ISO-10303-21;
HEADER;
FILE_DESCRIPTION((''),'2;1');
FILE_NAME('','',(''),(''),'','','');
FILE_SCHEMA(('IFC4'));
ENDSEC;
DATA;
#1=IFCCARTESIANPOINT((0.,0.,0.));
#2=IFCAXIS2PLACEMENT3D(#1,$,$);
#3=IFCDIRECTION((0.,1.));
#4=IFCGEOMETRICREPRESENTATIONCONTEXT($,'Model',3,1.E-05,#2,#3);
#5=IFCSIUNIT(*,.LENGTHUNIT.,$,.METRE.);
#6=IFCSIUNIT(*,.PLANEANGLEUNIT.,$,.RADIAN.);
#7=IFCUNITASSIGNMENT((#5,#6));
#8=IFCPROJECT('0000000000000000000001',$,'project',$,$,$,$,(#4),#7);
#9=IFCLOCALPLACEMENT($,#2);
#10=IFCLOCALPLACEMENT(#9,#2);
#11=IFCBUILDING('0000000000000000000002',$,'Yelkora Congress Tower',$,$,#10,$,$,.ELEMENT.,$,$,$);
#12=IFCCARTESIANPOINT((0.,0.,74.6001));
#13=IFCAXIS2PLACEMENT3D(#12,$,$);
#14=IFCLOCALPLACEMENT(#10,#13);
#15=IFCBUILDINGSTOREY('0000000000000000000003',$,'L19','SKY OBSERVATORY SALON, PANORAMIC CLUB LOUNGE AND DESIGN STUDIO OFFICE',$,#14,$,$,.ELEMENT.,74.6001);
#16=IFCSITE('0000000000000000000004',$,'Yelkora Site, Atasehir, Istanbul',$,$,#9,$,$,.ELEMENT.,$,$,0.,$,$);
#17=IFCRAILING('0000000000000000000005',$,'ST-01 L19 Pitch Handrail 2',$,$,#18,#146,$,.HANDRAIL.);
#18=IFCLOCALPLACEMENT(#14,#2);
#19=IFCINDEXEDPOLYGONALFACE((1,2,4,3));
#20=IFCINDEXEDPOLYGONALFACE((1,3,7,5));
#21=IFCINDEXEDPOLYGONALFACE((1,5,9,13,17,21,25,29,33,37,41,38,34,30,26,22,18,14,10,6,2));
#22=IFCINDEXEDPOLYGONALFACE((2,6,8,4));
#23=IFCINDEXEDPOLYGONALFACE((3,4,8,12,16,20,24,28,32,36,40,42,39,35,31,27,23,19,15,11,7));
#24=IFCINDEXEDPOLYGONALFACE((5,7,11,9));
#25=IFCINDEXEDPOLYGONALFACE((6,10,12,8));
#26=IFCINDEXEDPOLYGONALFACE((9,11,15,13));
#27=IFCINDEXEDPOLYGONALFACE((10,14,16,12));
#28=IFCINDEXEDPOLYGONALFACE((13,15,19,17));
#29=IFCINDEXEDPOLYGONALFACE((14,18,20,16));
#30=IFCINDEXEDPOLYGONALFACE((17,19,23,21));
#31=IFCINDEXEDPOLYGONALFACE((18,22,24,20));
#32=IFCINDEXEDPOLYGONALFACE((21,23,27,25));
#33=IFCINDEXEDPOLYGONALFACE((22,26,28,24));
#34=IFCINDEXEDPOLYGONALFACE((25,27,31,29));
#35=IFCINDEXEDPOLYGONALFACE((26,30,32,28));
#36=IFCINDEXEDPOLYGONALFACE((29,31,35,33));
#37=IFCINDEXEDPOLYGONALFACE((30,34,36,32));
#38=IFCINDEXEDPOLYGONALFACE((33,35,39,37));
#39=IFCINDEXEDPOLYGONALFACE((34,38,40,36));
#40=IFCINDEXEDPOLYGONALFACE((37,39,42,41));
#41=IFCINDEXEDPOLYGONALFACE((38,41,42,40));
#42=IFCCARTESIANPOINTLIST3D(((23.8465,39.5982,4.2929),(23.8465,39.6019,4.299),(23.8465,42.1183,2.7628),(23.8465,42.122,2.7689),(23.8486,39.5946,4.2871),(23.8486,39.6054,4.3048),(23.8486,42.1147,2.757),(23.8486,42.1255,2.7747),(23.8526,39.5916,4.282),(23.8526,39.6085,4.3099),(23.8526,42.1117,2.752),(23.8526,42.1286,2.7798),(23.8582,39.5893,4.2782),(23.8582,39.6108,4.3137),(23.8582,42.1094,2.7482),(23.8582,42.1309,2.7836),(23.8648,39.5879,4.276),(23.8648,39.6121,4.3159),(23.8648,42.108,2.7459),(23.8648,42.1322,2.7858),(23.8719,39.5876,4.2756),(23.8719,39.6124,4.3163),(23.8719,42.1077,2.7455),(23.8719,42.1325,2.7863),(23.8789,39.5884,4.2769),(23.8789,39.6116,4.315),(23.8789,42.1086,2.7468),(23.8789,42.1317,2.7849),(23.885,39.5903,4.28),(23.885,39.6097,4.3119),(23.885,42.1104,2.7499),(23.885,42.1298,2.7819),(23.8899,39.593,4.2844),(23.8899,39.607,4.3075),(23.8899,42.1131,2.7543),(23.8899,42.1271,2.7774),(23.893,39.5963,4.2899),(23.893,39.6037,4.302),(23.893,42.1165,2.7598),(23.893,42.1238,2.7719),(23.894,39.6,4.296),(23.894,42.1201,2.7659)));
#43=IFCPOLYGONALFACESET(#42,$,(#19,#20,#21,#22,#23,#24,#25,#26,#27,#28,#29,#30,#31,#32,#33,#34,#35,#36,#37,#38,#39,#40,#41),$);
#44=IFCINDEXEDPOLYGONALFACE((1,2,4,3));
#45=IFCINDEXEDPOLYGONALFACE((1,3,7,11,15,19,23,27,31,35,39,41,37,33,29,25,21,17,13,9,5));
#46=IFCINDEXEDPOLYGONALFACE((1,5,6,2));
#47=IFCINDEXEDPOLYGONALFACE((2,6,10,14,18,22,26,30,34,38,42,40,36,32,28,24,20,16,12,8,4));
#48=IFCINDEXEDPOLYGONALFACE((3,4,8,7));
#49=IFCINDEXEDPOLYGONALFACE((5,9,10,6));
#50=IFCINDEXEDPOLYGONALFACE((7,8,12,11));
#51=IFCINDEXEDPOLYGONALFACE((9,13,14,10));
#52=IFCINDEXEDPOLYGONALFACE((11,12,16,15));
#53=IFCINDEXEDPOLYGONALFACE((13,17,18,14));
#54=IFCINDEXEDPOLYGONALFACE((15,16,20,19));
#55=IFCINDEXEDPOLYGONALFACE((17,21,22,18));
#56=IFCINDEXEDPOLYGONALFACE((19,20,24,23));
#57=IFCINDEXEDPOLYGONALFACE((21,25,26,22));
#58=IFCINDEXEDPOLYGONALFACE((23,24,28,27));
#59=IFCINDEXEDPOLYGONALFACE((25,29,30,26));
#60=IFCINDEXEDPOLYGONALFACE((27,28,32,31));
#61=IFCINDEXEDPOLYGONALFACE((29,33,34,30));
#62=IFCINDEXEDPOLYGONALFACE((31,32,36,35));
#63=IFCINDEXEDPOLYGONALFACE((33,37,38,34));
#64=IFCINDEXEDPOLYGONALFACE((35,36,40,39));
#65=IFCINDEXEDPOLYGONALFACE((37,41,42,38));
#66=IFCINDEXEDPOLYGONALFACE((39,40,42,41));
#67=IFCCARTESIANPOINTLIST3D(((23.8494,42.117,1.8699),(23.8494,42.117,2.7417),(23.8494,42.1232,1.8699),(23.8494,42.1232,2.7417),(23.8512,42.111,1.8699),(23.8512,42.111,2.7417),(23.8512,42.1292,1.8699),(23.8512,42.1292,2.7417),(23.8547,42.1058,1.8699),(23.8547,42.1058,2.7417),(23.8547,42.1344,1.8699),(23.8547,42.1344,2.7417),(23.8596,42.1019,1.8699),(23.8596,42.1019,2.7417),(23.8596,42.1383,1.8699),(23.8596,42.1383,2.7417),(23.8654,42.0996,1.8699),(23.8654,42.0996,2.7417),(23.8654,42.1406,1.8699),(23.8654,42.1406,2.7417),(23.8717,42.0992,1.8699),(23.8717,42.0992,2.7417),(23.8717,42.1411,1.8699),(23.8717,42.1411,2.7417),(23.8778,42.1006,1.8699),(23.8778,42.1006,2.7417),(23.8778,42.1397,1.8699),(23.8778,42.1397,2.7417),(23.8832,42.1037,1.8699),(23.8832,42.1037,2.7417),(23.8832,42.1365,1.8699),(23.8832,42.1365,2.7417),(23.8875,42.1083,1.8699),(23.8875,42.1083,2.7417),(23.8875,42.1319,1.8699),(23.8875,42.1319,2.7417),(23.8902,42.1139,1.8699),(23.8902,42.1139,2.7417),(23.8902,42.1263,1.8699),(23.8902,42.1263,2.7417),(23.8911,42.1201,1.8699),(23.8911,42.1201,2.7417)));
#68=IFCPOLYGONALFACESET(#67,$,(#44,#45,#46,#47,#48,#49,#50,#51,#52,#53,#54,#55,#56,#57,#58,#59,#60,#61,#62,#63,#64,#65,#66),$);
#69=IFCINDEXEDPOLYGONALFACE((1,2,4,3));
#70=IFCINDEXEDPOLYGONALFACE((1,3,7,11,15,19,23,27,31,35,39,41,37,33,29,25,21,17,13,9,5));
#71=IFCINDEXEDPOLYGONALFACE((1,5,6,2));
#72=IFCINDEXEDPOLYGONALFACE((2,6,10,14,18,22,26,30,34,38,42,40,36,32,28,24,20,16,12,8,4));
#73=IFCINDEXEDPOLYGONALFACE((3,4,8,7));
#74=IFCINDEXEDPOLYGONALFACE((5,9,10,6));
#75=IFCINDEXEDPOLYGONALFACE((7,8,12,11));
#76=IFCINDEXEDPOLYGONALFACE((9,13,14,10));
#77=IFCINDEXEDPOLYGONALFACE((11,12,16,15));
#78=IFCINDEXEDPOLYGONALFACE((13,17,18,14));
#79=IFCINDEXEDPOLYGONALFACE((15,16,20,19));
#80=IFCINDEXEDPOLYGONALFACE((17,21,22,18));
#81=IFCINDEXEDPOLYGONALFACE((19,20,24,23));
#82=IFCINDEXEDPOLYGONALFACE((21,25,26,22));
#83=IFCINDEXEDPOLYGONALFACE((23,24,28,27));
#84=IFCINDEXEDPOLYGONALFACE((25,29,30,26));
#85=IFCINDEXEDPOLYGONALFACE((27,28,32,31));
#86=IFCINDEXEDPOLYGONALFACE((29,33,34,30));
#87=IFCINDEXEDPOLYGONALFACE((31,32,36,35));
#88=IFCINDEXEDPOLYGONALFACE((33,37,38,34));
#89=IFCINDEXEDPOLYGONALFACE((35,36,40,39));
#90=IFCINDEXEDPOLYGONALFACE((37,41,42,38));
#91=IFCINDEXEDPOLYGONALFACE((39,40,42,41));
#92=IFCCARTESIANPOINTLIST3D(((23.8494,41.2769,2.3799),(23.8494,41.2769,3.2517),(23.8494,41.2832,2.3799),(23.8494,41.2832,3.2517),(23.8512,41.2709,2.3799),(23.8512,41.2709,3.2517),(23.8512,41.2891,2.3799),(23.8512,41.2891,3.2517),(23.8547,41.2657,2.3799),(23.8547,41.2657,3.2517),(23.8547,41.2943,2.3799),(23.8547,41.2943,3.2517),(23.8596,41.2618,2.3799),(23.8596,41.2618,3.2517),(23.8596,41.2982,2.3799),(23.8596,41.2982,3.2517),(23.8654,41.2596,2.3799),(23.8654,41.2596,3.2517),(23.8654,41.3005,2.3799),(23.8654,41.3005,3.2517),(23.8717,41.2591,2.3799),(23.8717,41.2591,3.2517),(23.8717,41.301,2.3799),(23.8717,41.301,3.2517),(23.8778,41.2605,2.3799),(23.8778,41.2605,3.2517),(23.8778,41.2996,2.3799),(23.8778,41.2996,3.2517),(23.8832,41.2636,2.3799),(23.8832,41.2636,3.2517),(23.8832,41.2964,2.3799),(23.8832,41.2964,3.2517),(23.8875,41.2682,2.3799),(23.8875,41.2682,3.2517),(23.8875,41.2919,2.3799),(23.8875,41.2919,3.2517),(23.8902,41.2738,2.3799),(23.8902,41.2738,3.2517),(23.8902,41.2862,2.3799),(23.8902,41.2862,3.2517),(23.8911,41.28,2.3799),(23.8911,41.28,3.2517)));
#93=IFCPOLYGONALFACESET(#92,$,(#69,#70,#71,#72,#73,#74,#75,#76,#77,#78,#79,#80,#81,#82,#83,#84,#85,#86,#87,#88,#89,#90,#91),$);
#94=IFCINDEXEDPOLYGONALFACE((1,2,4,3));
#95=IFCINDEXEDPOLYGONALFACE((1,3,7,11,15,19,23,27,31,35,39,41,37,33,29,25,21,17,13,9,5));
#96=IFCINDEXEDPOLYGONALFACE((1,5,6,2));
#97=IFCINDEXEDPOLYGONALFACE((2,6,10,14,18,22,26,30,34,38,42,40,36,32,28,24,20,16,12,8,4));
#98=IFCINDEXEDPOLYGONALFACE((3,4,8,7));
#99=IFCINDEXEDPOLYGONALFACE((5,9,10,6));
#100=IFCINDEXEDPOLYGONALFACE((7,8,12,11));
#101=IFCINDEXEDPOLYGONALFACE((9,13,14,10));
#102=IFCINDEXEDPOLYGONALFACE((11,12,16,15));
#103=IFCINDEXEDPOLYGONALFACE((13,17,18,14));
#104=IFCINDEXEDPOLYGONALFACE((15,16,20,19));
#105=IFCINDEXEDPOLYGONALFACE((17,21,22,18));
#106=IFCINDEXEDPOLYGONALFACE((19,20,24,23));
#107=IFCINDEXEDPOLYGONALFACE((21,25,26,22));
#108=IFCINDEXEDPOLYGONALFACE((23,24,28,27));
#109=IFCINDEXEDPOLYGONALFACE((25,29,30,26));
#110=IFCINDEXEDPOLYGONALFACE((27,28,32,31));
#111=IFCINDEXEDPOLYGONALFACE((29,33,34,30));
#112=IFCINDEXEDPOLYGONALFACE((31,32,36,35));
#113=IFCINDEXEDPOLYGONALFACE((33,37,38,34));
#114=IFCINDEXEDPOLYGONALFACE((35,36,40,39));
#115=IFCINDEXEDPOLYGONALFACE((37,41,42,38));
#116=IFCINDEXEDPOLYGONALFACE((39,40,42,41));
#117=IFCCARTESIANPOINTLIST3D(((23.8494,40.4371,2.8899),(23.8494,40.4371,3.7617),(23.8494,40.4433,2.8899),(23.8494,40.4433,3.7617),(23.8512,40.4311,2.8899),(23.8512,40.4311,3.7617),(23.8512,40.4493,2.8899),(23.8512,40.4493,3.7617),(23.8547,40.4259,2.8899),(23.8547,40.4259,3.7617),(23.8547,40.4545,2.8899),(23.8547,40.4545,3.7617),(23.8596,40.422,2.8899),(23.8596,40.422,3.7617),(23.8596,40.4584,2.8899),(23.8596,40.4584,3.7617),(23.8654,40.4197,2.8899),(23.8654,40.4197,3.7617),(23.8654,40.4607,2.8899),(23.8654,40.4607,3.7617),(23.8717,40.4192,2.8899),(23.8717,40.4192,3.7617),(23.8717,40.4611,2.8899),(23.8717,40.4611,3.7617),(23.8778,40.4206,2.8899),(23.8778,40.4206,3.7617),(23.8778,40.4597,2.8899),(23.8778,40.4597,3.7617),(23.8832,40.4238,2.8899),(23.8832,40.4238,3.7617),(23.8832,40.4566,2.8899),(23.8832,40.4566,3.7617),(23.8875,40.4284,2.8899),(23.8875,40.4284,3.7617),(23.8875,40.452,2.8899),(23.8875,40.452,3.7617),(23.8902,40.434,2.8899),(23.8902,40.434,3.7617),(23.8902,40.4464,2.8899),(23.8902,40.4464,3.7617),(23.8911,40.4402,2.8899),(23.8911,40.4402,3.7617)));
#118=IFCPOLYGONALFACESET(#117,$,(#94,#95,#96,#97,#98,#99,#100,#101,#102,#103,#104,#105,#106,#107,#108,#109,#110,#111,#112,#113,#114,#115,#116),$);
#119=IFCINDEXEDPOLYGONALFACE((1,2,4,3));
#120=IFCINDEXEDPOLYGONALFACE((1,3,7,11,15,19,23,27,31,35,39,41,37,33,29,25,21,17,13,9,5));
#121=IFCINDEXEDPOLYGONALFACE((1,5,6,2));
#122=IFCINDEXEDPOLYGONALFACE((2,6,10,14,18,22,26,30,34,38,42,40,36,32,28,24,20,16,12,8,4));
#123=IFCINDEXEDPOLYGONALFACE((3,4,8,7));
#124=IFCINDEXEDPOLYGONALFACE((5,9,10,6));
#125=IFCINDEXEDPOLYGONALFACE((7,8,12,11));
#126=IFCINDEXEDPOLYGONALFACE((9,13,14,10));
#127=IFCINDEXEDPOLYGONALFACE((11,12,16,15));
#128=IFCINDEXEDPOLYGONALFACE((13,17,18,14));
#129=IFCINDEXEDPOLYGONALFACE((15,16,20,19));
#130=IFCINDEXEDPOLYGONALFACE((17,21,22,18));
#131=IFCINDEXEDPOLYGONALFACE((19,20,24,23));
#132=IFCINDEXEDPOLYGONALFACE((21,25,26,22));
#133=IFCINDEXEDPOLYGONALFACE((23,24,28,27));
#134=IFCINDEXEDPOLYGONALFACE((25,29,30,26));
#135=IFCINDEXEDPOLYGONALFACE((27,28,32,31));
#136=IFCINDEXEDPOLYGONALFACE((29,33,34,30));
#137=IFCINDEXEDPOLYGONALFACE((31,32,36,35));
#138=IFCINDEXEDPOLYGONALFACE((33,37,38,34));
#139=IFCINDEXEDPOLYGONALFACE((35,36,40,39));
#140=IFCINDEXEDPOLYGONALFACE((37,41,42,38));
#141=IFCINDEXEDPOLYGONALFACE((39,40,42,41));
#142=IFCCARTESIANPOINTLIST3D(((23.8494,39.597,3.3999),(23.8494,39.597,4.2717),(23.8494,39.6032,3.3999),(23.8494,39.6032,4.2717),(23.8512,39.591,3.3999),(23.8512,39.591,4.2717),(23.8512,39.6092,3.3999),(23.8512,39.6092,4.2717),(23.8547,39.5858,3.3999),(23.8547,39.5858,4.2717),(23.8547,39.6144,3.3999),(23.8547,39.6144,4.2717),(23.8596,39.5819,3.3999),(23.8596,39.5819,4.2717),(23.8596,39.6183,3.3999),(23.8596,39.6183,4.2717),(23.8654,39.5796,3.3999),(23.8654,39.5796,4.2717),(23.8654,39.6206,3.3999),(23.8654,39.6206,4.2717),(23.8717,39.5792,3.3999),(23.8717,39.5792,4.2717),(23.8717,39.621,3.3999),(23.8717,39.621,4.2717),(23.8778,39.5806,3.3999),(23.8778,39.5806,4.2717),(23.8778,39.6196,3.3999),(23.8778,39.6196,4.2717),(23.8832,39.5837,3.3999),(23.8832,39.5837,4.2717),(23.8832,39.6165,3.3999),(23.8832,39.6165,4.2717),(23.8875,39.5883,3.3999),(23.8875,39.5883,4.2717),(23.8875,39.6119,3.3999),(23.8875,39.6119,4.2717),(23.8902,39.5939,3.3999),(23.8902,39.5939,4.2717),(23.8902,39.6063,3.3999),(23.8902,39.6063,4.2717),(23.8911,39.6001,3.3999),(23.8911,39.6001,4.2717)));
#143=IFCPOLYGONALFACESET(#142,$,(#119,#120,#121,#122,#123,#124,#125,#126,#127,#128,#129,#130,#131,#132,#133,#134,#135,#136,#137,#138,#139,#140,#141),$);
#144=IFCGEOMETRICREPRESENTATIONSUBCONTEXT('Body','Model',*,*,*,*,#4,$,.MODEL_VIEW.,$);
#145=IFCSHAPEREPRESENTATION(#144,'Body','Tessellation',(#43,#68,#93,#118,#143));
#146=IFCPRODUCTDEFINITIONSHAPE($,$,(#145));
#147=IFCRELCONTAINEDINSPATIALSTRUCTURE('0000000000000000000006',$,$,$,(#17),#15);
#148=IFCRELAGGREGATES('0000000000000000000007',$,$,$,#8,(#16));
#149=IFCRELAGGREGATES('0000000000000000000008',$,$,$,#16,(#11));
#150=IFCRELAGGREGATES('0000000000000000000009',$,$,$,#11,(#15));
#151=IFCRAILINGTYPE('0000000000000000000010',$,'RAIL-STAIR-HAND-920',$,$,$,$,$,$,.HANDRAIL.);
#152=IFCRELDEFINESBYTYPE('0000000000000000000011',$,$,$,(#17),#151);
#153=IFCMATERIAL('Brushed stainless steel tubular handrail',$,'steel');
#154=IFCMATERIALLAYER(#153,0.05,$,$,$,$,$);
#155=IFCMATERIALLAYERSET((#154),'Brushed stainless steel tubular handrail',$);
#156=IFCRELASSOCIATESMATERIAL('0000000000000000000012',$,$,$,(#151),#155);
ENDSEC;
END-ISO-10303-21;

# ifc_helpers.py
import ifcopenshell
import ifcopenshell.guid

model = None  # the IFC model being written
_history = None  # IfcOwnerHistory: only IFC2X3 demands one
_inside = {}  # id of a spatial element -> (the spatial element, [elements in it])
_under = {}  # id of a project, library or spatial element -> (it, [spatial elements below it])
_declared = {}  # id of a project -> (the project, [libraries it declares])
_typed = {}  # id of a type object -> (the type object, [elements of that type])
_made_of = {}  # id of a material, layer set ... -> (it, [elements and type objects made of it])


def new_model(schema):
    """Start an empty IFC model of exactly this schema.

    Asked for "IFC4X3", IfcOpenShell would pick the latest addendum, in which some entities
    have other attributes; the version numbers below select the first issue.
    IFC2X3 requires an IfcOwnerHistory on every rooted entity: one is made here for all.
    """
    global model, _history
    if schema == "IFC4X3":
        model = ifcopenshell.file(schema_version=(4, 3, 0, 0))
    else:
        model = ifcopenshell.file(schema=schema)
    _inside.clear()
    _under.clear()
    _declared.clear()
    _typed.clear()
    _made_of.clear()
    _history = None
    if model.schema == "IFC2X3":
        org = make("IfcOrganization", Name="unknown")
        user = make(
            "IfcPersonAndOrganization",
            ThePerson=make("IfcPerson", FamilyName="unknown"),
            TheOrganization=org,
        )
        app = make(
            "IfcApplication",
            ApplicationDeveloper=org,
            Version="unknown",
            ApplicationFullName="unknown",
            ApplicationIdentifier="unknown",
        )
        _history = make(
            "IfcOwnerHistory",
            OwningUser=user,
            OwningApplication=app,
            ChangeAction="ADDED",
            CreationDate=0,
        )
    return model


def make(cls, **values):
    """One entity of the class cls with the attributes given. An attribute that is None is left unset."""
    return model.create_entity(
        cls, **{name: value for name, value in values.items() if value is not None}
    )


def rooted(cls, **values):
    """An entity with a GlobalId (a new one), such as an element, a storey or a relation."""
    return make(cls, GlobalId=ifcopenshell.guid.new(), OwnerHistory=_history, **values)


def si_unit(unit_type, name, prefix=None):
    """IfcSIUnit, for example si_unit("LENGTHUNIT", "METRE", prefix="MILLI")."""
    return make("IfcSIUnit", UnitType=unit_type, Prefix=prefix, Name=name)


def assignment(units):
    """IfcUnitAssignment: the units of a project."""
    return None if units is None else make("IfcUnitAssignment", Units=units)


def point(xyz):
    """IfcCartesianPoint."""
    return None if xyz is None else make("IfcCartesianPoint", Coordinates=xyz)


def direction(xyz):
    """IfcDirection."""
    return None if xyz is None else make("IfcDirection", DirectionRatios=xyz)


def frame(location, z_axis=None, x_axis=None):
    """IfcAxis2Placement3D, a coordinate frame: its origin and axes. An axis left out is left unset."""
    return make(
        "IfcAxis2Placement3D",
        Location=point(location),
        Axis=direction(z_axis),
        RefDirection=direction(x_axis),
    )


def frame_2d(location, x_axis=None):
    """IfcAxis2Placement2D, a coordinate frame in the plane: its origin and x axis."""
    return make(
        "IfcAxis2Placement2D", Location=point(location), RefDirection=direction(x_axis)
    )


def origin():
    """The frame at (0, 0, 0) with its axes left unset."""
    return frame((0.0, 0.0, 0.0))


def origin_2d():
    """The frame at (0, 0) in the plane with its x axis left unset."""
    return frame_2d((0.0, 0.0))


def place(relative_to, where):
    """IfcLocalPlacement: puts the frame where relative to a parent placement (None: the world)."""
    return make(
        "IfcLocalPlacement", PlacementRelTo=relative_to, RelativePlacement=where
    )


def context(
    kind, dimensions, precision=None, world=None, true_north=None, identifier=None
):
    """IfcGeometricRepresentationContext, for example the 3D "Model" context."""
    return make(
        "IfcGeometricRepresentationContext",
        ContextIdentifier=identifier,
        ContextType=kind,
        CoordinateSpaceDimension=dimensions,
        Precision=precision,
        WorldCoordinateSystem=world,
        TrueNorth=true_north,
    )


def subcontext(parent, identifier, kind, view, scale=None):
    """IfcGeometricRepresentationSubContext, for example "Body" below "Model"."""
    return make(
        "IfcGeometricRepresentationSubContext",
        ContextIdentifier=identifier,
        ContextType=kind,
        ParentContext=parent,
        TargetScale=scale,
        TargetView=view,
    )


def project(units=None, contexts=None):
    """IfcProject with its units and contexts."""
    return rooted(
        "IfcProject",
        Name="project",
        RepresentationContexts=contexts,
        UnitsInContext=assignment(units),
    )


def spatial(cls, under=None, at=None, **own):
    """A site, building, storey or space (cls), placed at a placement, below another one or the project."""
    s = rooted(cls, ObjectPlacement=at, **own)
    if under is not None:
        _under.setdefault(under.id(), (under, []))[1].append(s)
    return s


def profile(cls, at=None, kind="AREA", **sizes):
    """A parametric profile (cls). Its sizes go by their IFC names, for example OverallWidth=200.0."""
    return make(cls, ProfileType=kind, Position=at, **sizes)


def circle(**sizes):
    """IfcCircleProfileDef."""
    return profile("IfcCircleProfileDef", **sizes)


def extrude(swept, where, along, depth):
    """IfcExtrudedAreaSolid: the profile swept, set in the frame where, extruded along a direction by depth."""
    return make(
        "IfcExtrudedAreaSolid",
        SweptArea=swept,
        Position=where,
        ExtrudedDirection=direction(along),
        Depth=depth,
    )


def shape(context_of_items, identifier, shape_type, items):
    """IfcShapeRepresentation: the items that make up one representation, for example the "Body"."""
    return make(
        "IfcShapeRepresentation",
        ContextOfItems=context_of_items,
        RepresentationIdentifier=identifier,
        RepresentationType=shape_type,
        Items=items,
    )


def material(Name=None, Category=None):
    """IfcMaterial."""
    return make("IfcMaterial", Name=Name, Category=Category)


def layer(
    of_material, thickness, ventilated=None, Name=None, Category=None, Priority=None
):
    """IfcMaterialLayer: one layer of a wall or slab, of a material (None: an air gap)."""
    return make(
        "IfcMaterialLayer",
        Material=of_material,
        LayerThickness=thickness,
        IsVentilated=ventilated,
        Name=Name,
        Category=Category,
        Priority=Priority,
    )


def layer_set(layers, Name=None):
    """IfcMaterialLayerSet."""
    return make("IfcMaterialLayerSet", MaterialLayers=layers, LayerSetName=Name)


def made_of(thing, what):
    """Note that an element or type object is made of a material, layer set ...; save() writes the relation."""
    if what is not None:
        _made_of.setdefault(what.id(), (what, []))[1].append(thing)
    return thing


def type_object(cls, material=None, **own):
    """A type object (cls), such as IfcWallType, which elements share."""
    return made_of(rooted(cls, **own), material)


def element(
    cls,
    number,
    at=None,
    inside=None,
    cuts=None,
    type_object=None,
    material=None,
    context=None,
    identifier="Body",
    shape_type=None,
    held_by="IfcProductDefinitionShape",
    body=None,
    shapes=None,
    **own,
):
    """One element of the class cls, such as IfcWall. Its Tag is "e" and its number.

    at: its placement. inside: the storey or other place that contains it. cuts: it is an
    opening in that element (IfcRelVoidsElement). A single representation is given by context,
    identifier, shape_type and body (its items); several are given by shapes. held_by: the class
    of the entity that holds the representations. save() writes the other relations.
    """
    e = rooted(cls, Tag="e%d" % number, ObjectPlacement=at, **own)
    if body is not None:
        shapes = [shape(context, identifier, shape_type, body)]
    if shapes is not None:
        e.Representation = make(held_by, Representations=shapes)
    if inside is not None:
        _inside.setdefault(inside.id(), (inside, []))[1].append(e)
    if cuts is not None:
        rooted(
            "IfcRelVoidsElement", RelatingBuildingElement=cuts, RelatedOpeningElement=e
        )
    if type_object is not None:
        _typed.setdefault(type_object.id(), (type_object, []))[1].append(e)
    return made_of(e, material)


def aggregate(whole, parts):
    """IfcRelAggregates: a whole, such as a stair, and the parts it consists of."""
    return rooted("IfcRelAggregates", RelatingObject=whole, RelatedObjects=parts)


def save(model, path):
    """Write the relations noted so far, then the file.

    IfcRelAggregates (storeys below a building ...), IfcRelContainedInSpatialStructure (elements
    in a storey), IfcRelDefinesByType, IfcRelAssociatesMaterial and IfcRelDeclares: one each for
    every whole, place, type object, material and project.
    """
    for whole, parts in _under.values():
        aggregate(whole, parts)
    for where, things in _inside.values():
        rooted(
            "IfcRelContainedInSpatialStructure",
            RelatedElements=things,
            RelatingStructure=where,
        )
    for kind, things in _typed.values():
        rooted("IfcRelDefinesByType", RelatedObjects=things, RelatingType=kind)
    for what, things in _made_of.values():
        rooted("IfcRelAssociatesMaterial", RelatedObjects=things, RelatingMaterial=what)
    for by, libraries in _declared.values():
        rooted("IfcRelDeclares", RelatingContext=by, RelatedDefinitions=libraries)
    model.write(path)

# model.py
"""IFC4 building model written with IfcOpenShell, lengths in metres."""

from ifc_helpers import new_model, si_unit, direction, frame, origin, origin_2d, place, context, subcontext, project, spatial, circle, extrude, material, layer, layer_set, type_object, element, save


model = new_model("IFC4")

# Units and contexts
model_context = context("Model", 3, precision=1e-05, world=origin(), true_north=direction((0.0, 1.0)))
body_context = subcontext(model_context, "Body", "Model", "MODEL_VIEW")
ifc_project = project(units=[si_unit("LENGTHUNIT", "METRE"), si_unit("PLANEANGLEUNIT", "RADIAN")], contexts=[model_context])

# Site, building, storey
site_placement = place(None, origin())
site = spatial("IfcSite", under=ifc_project, at=site_placement, Name="Yelkora Site, Atasehir, Istanbul", CompositionType="ELEMENT", RefElevation=0.0)
building_placement = place(site_placement, origin())
building = spatial("IfcBuilding", under=site, at=building_placement, Name="Yelkora Congress Tower", CompositionType="ELEMENT")
storey_placement = place(building_placement, frame((0.0, 0.0, 74.6001)))
storey = spatial("IfcBuildingStorey", under=building, at=storey_placement, Name="L19", Description="SKY OBSERVATORY SALON, PANORAMIC CLUB LOUNGE AND DESIGN STUDIO OFFICE", CompositionType="ELEMENT", Elevation=74.6001)

# Railing
ifc_material_1 = material(Name="Brushed stainless steel tubular handrail", Category="steel")
ifc_layer_1 = layer(ifc_material_1, 0.05)
ifc_layer_set_1 = layer_set([ifc_layer_1], Name="Brushed stainless steel tubular handrail")
railing_type_1 = type_object("IfcRailingType", Name="RAIL-STAIR-HAND-920", PredefinedType="HANDRAIL", material=ifc_layer_set_1)
railing_1_placement = place(storey_placement, frame((23.8701, 42.1201, 1.8699)))
element("IfcRailing", 1, at=railing_1_placement, inside=storey, type_object=railing_type_1, Name="ST-01 L19 Pitch Handrail 2", PredefinedType="HANDRAIL", context=body_context, shape_type="SweptSolid", body=[
    extrude(circle(Radius=0.0239, at=origin_2d()), frame((0.0, 0.0, 0.896), z_axis=(0.0, -0.854785, 0.518982), x_axis=(1.0, 0.0, 0.0)), (0.0, 0.0, 1.0), 2.9482),
    extrude(circle(Radius=0.021, at=origin_2d()), origin(), (0.0, 0.0, 1.0), 0.8718),
    extrude(circle(Radius=0.021, at=origin_2d()), frame((0.0, -0.8401, 0.51)), (0.0, 0.0, 1.0), 0.8718),
    extrude(circle(Radius=0.021, at=origin_2d()), frame((0.0, -1.6799, 1.02)), (0.0, 0.0, 1.0), 0.8718),
    extrude(circle(Radius=0.021, at=origin_2d()), frame((0.0, -2.52, 1.53)), (0.0, 0.0, 1.0), 0.8718),
])

save(model, "model.ifc")
